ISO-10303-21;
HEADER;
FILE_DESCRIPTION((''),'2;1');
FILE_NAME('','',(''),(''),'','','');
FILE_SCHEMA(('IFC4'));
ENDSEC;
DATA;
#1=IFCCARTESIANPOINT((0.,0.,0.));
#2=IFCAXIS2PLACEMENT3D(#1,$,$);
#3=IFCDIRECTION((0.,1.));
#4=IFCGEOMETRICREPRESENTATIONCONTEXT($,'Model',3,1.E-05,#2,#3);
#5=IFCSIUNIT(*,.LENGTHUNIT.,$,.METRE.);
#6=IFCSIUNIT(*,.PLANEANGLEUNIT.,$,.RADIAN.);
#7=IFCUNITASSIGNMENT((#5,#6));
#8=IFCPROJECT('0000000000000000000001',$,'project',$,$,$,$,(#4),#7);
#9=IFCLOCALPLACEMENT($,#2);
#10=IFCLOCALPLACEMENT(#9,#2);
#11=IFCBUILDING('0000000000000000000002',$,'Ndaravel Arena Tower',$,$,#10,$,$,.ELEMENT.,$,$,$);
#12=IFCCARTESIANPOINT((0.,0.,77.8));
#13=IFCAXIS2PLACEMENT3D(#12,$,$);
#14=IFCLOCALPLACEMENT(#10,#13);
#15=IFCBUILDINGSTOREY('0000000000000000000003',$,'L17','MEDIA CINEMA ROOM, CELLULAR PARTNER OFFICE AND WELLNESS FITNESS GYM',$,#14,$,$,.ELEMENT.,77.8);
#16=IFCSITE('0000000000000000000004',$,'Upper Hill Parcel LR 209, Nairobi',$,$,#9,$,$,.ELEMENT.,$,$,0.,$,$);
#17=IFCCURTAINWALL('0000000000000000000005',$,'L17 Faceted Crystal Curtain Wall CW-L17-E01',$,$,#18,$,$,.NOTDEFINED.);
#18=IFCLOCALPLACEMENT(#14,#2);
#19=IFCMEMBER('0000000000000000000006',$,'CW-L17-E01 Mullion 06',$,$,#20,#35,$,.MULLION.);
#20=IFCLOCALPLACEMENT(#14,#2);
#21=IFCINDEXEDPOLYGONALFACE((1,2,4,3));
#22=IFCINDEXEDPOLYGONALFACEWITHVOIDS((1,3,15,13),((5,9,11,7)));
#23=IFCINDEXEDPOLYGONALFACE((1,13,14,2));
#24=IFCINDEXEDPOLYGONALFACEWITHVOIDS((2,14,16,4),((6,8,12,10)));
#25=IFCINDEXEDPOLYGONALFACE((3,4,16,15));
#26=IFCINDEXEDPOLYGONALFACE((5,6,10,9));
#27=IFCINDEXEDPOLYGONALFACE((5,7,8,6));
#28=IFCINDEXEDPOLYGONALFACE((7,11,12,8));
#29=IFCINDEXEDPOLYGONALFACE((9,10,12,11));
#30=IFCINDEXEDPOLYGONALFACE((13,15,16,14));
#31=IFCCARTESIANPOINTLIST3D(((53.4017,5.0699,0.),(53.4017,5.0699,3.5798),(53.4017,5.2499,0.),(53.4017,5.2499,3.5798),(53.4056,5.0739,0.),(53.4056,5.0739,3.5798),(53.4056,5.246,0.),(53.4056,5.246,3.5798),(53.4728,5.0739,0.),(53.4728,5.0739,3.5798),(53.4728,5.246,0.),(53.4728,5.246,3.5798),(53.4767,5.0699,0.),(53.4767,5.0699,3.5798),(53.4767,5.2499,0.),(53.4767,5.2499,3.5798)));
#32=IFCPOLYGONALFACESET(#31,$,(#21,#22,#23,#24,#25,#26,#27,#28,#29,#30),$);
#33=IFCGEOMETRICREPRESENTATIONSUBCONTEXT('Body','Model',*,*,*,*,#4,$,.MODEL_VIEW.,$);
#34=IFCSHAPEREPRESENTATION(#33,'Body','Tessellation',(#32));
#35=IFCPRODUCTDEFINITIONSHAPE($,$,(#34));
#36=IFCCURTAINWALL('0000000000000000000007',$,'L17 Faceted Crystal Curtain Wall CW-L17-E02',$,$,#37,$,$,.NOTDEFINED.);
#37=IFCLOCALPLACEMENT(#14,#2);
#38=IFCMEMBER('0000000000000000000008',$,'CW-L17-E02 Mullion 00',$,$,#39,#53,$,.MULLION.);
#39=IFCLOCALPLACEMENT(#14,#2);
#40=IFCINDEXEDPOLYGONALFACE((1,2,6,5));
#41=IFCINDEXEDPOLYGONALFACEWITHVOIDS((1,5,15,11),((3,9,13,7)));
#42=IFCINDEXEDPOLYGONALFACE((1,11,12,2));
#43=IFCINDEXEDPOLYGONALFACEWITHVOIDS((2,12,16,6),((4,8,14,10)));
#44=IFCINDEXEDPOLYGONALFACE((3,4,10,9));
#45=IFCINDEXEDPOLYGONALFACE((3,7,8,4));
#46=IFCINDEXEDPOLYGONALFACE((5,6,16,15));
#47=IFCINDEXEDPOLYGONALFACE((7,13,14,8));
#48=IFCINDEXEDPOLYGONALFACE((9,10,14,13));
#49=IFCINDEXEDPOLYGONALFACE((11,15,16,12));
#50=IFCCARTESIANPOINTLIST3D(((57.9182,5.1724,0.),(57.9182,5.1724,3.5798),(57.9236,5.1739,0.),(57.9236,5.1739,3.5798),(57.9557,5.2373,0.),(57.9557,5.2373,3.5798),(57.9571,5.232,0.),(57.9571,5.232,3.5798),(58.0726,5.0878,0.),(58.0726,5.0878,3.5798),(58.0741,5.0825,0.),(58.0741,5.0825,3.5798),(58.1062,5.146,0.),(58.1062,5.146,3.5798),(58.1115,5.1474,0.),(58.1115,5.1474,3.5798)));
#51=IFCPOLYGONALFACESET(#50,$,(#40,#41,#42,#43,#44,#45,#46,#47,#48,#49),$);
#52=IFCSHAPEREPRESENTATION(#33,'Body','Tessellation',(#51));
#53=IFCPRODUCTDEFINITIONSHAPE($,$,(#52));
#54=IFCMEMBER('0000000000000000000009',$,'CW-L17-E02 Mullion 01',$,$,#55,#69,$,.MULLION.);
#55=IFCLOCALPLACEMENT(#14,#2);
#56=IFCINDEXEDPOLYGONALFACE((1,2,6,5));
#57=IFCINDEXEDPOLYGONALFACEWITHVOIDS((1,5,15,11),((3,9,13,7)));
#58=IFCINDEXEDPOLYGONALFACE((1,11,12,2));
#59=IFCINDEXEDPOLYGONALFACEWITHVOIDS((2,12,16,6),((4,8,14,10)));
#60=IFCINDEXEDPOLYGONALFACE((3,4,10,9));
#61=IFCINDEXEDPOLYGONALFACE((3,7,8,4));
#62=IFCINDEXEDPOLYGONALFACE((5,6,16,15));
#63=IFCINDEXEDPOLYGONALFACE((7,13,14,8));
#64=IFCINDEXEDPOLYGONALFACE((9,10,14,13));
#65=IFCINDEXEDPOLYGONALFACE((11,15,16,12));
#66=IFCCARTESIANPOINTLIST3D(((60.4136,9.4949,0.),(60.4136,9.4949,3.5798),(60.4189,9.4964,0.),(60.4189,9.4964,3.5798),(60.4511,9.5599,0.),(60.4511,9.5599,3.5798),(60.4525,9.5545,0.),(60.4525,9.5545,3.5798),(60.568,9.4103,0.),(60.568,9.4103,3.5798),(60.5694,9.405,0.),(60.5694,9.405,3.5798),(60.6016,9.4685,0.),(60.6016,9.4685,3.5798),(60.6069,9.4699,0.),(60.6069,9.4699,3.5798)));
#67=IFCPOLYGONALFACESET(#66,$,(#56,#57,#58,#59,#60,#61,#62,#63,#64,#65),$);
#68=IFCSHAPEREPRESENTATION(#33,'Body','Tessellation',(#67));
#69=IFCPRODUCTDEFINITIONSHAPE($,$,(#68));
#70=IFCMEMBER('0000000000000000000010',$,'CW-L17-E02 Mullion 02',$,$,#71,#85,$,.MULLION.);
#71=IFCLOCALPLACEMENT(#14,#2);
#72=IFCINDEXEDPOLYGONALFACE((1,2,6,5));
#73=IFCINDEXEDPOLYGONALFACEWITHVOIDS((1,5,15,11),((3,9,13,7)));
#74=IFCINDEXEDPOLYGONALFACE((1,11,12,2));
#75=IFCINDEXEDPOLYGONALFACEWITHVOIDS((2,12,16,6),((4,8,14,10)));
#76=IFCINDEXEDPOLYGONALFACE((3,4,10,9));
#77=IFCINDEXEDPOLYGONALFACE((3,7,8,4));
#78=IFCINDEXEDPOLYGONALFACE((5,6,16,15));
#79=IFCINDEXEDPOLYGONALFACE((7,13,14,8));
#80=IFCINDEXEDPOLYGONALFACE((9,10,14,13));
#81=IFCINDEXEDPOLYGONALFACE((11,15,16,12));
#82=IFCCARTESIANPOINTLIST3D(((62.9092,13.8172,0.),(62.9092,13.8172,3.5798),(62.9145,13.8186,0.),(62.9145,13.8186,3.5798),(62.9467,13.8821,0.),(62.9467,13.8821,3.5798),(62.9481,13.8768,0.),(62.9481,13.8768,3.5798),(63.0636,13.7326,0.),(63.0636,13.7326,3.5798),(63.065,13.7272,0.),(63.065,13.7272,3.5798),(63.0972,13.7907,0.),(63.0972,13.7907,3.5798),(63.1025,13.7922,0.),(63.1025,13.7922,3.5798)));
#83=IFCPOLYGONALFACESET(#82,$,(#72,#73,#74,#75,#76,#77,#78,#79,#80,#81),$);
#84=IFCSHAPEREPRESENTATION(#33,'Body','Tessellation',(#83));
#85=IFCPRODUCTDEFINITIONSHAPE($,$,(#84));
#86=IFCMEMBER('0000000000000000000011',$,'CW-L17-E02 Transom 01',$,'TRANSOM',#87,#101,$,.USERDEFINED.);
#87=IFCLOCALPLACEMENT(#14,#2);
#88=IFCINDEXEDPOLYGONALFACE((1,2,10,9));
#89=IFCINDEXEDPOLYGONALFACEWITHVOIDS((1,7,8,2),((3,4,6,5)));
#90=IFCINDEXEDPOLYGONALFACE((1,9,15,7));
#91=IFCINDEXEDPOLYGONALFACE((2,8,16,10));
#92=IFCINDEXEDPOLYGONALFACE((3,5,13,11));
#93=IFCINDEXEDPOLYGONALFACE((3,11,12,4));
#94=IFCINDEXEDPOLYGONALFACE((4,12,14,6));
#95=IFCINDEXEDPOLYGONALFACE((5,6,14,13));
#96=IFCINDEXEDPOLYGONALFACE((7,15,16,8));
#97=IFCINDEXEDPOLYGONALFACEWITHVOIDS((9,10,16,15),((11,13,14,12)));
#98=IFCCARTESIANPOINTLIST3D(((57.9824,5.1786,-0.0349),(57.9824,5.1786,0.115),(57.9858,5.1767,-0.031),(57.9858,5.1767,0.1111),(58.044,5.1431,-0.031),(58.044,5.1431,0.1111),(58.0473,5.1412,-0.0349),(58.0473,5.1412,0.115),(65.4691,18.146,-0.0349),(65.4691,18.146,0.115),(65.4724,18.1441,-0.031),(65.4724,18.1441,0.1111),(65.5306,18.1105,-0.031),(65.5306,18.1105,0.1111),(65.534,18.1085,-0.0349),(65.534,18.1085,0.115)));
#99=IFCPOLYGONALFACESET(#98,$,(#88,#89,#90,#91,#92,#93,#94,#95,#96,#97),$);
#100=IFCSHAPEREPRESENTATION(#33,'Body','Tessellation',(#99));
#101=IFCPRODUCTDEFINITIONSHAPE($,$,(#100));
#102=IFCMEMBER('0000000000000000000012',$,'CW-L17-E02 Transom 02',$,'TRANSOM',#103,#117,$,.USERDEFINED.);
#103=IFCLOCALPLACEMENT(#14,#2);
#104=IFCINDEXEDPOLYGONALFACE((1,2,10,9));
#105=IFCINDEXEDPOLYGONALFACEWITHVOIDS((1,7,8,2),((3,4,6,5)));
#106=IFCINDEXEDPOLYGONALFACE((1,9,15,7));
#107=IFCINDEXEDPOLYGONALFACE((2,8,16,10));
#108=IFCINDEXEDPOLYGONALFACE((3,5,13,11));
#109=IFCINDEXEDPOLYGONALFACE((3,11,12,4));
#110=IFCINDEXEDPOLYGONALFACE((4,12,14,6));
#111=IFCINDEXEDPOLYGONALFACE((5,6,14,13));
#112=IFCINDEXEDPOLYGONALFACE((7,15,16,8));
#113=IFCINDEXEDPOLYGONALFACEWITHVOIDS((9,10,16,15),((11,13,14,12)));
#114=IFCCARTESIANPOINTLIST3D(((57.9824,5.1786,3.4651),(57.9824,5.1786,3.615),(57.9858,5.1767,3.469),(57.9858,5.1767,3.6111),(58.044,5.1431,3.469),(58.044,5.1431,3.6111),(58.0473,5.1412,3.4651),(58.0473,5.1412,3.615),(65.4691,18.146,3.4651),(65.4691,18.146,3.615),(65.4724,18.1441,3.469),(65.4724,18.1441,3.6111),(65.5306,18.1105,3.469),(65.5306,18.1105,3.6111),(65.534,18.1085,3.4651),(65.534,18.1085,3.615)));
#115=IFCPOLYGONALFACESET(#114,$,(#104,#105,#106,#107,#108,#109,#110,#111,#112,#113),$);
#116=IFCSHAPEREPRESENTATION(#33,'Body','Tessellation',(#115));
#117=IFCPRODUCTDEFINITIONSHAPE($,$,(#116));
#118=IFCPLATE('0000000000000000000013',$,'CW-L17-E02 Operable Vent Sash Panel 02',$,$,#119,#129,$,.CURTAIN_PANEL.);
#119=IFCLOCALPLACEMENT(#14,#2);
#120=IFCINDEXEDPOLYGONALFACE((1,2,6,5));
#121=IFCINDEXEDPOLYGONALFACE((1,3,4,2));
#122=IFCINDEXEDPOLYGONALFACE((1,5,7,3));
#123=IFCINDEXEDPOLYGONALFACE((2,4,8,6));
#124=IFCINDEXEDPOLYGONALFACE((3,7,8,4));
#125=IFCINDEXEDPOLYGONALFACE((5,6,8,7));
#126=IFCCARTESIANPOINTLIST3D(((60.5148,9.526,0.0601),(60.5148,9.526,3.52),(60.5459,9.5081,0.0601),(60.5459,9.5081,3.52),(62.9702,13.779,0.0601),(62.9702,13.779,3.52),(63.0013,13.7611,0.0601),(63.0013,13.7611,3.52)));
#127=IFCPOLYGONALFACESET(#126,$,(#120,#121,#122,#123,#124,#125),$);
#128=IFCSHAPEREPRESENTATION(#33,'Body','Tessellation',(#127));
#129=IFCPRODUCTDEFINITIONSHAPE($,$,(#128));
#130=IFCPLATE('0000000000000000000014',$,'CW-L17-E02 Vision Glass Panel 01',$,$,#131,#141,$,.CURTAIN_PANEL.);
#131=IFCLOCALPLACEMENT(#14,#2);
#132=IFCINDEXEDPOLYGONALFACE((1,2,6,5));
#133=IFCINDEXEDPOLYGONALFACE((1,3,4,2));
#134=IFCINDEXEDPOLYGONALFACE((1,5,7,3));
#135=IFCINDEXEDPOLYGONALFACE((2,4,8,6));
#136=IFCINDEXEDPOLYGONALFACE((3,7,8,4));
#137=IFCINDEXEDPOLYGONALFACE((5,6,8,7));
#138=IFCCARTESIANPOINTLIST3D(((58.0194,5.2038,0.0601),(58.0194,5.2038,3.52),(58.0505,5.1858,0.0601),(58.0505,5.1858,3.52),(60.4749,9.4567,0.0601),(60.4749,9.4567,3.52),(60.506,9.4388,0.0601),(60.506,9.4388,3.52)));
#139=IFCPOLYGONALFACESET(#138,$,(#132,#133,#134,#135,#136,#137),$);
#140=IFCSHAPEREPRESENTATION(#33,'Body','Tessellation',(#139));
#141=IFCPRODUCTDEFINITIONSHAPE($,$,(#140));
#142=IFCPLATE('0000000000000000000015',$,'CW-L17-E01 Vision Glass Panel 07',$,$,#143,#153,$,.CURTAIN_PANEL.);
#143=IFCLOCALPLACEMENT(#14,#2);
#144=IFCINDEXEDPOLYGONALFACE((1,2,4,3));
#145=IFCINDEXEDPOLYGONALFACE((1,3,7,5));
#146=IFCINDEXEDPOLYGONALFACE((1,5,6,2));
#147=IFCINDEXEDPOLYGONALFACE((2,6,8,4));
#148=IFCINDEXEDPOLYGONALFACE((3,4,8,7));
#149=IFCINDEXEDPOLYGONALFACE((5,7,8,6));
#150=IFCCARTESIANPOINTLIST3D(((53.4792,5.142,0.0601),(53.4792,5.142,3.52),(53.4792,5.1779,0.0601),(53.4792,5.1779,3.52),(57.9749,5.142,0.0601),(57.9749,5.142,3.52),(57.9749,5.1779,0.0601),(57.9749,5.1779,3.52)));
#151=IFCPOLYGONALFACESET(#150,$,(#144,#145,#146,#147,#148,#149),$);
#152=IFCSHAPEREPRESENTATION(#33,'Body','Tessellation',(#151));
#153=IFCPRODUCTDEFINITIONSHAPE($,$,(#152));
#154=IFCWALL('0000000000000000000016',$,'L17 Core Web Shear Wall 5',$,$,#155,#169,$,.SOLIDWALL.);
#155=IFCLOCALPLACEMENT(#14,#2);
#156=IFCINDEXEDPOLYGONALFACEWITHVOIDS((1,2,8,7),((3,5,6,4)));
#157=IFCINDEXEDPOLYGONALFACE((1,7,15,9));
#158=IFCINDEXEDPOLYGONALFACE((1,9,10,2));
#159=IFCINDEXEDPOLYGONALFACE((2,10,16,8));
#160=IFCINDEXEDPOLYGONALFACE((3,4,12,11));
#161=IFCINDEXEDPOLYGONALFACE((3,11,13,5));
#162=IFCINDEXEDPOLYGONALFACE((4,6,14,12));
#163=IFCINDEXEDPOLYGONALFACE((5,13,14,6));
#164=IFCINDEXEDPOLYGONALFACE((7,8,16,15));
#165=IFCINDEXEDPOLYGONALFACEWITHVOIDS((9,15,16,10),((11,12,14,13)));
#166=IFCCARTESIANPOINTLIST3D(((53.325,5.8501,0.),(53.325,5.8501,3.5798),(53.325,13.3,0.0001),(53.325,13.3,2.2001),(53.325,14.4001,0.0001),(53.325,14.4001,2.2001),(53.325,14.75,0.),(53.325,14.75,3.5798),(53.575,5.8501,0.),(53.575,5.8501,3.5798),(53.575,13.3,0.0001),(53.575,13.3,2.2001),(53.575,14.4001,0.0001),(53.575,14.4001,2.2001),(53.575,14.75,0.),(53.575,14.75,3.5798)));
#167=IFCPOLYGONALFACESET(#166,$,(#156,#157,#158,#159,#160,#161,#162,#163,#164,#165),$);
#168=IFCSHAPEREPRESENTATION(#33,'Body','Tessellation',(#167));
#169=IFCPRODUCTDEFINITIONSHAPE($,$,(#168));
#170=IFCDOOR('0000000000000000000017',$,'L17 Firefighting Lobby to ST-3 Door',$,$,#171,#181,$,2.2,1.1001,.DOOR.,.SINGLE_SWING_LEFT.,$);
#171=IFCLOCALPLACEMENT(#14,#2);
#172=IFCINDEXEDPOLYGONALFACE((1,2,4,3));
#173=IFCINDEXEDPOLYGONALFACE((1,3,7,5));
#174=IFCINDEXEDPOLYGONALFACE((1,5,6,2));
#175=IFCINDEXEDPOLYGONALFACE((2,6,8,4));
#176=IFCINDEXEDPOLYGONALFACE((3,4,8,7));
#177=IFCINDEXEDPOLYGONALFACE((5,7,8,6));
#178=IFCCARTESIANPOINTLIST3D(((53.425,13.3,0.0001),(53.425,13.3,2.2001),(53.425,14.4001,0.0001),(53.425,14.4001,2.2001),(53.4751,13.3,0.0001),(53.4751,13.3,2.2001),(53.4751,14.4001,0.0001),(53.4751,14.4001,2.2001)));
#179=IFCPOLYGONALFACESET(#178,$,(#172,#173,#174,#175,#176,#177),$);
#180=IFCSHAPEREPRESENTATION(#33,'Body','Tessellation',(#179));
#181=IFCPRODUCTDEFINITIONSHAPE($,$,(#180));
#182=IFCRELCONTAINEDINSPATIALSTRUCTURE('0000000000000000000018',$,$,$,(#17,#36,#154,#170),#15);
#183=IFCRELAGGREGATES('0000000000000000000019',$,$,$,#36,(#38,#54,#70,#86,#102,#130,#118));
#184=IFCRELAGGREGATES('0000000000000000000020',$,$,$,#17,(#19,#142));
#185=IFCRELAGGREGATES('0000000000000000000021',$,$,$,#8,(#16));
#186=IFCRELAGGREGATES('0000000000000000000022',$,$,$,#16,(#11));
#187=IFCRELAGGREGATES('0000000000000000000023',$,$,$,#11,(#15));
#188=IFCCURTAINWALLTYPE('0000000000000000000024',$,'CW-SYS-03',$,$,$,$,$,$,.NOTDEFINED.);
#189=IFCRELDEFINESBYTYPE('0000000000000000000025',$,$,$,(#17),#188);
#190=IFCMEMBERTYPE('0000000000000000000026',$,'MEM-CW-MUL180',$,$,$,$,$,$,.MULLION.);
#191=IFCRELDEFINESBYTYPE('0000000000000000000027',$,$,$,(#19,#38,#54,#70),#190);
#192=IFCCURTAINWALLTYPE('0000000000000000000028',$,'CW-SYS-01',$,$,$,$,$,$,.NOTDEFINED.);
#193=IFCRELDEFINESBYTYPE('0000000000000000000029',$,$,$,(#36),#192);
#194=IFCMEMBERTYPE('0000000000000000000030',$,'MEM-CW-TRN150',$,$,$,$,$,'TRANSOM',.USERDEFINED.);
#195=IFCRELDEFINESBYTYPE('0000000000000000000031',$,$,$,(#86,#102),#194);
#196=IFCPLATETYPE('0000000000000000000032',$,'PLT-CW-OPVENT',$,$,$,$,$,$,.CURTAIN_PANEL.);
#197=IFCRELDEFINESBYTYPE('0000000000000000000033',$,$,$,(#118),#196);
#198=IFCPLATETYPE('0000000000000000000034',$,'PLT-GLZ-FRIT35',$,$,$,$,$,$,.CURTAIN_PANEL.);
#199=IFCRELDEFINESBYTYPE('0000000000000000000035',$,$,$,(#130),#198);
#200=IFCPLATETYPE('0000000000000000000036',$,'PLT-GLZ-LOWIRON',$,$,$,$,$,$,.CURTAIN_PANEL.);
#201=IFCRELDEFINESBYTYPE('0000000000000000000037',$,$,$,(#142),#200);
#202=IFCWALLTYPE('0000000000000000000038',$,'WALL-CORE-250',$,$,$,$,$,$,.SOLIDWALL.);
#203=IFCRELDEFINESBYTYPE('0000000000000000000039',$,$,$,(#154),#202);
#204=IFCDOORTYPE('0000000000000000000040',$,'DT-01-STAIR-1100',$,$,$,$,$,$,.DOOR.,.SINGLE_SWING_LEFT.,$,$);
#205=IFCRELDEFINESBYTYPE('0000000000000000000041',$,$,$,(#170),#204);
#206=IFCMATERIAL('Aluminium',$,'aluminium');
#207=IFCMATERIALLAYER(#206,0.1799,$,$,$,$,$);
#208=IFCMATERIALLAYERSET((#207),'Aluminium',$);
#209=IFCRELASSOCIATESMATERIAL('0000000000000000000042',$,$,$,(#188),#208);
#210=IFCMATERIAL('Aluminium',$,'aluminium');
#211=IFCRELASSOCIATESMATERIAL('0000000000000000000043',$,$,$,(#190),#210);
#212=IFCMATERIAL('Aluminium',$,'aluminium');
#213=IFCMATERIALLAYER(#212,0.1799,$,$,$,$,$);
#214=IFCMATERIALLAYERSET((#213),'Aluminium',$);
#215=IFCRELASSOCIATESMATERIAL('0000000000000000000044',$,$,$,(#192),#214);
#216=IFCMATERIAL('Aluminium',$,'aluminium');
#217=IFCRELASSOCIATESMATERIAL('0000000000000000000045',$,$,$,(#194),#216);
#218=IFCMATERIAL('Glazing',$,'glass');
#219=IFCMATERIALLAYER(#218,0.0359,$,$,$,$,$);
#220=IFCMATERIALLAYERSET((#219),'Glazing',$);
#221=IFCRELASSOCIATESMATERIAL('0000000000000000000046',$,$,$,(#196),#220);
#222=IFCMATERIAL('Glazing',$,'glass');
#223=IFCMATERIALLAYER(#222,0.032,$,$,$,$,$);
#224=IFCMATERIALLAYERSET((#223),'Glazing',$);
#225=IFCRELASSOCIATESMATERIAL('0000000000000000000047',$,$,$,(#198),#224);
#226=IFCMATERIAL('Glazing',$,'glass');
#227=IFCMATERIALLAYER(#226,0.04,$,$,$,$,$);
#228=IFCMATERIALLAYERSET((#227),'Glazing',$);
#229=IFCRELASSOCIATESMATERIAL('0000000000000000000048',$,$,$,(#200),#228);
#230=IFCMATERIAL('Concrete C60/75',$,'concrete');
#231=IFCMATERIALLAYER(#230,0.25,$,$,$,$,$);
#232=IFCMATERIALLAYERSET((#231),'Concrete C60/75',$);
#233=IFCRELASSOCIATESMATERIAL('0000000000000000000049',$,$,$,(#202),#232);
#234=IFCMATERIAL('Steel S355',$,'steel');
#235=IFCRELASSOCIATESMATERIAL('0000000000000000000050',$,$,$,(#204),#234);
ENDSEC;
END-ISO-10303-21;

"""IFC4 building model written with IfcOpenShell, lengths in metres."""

from ifc_helpers import new_model, si_unit, direction, frame, frame_2d, origin, origin_2d, place, context, subcontext, project, spatial, rectangle, hollow_rectangle, extrude, material, layer, layer_set, material_profile, profile_set, type_object, element, fill, aggregate, save


model = new_model("IFC4")

# Units and contexts
model_context = context("Model", 3, precision=1e-05, world=origin(), true_north=direction((0.0, 1.0)))
body_context = subcontext(model_context, "Body", "Model", "MODEL_VIEW")
ifc_project = project(units=[si_unit("LENGTHUNIT", "METRE"), si_unit("PLANEANGLEUNIT", "RADIAN")], contexts=[model_context])

# Site, building, storey
site_placement = place(None, origin())
site = spatial("IfcSite", under=ifc_project, at=site_placement, Name="Upper Hill Parcel LR 209, Nairobi", CompositionType="ELEMENT", RefElevation=0.0)
building_placement = place(site_placement, origin())
building = spatial("IfcBuilding", under=site, at=building_placement, Name="Ndaravel Arena Tower", CompositionType="ELEMENT")
storey_placement = place(building_placement, frame((0.0, 0.0, 77.8)))
storey = spatial("IfcBuildingStorey", under=building, at=storey_placement, Name="L17", Description="MEDIA CINEMA ROOM, CELLULAR PARTNER OFFICE AND WELLNESS FITNESS GYM", CompositionType="ELEMENT", Elevation=77.8)

# Curtain wall, member
ifc_material_1 = material(Name="Aluminium", Category="aluminium")
ifc_layer_1 = layer(ifc_material_1, 0.1799)
ifc_layer_set_1 = layer_set([ifc_layer_1], Name="Aluminium")
curtain_wall_type_1 = type_object("IfcCurtainWallType", Name="CW-SYS-03", PredefinedType="NOTDEFINED", material=ifc_layer_set_1)
curtain_wall_1_placement = place(storey_placement, origin())
curtain_wall_1 = element("IfcCurtainWall", 1, at=curtain_wall_1_placement, inside=storey, type_object=curtain_wall_type_1, Name="L17 Faceted Crystal Curtain Wall CW-L17-E01", PredefinedType="NOTDEFINED")
ifc_material_2 = material(Name="Aluminium", Category="aluminium")
ifc_material_profile_1 = material_profile(ifc_material_2, hollow_rectangle(XDim=0.075, YDim=0.1799, WallThickness=0.0039, at=origin_2d()), Name="CW MULLION 75x180x4")
ifc_profile_set_1 = profile_set([ifc_material_profile_1], Name="Aluminium")
member_type_1 = type_object("IfcMemberType", Name="MEM-CW-MUL180", PredefinedType="MULLION", material=ifc_profile_set_1)
member_1_placement = place(storey_placement, frame((53.4392, 5.1599, 0.0), z_axis=(0.0, 0.0, 1.0), x_axis=(1.0, 0.0, 0.0)))
member_1 = element("IfcMember", 2, at=member_1_placement, type_object=member_type_1, Name="CW-L17-E01 Mullion 06", PredefinedType="MULLION", context=body_context, shape_type="SweptSolid", body=[
    extrude(hollow_rectangle(XDim=0.075, YDim=0.1799, WallThickness=0.0039, at=origin_2d()), origin(), (0.0, 0.0, 1.0), 3.5798),
])

# Curtain wall, members, plates
ifc_material_3 = material(Name="Aluminium", Category="aluminium")
ifc_layer_2 = layer(ifc_material_3, 0.1799)
ifc_layer_set_2 = layer_set([ifc_layer_2], Name="Aluminium")
curtain_wall_type_2 = type_object("IfcCurtainWallType", Name="CW-SYS-01", PredefinedType="NOTDEFINED", material=ifc_layer_set_2)
curtain_wall_2_placement = place(storey_placement, origin())
curtain_wall_2 = element("IfcCurtainWall", 3, at=curtain_wall_2_placement, inside=storey, type_object=curtain_wall_type_2, Name="L17 Faceted Crystal Curtain Wall CW-L17-E02", PredefinedType="NOTDEFINED")
member_2_placement = place(storey_placement, frame((58.0149, 5.1599, 0.0), z_axis=(0.0, 0.0, 1.0), x_axis=(0.5, 0.866025, 0.0)))
member_2 = element("IfcMember", 4, at=member_2_placement, type_object=member_type_1, Name="CW-L17-E02 Mullion 00", PredefinedType="MULLION", context=body_context, shape_type="SweptSolid", body=[
    extrude(hollow_rectangle(XDim=0.075, YDim=0.1799, WallThickness=0.0039, at=origin_2d()), origin(), (0.0, 0.0, 1.0), 3.5798),
])
member_3_placement = place(storey_placement, frame((60.5103, 9.4824, 0.0), z_axis=(0.0, 0.0, 1.0), x_axis=(0.5, 0.866025, 0.0)))
member_3 = element("IfcMember", 5, at=member_3_placement, type_object=member_type_1, Name="CW-L17-E02 Mullion 01", PredefinedType="MULLION", context=body_context, shape_type="SweptSolid", body=[
    extrude(hollow_rectangle(XDim=0.075, YDim=0.1799, WallThickness=0.0039, at=origin_2d()), origin(), (0.0, 0.0, 1.0), 3.5798),
])
member_4_placement = place(storey_placement, frame((63.0059, 13.8047, 0.0), z_axis=(0.0, 0.0, 1.0), x_axis=(0.5, 0.866025, 0.0)))
member_4 = element("IfcMember", 6, at=member_4_placement, type_object=member_type_1, Name="CW-L17-E02 Mullion 02", PredefinedType="MULLION", context=body_context, shape_type="SweptSolid", body=[
    extrude(hollow_rectangle(XDim=0.075, YDim=0.1799, WallThickness=0.0039, at=origin_2d()), origin(), (0.0, 0.0, 1.0), 3.5798),
])
ifc_material_4 = material(Name="Aluminium", Category="aluminium")
ifc_material_profile_2 = material_profile(ifc_material_4, hollow_rectangle(XDim=0.075, YDim=0.1499, WallThickness=0.0039, at=origin_2d()), Name="CW TRANSOM 75x150x4")
ifc_profile_set_2 = profile_set([ifc_material_profile_2], Name="Aluminium")
member_type_2 = type_object("IfcMemberType", Name="MEM-CW-TRN150", ElementType="TRANSOM", PredefinedType="USERDEFINED", material=ifc_profile_set_2)
member_5_placement = place(storey_placement, frame((58.0149, 5.1599, 0.04), z_axis=(0.499995, 0.866028, 0.0), x_axis=(-0.866028, 0.499995, 0.0)))
member_5 = element("IfcMember", 7, at=member_5_placement, type_object=member_type_2, Name="CW-L17-E02 Transom 01", ObjectType="TRANSOM", PredefinedType="USERDEFINED", context=body_context, shape_type="SweptSolid", body=[
    extrude(hollow_rectangle(XDim=0.075, YDim=0.1499, WallThickness=0.0039, at=origin_2d()), origin(), (0.0, 0.0, 1.0), 14.9734),
])
member_6_placement = place(storey_placement, frame((58.0149, 5.1599, 3.54), z_axis=(0.499995, 0.866028, 0.0), x_axis=(-0.866028, 0.499995, 0.0)))
member_6 = element("IfcMember", 8, at=member_6_placement, type_object=member_type_2, Name="CW-L17-E02 Transom 02", ObjectType="TRANSOM", PredefinedType="USERDEFINED", context=body_context, shape_type="SweptSolid", body=[
    extrude(hollow_rectangle(XDim=0.075, YDim=0.1499, WallThickness=0.0039, at=origin_2d()), origin(), (0.0, 0.0, 1.0), 14.9734),
])
ifc_material_5 = material(Name="Glazing", Category="glass")
ifc_layer_3 = layer(ifc_material_5, 0.0359)
ifc_layer_set_3 = layer_set([ifc_layer_3], Name="Glazing")
plate_type_1 = type_object("IfcPlateType", Name="PLT-CW-OPVENT", PredefinedType="CURTAIN_PANEL", material=ifc_layer_set_3)
plate_1_placement = place(storey_placement, frame((61.7581, 11.6436, 0.0601), z_axis=(0.0, 0.0, 1.0), x_axis=(0.5, 0.866025, 0.0)))
plate_1 = element("IfcPlate", 9, at=plate_1_placement, type_object=plate_type_1, Name="CW-L17-E02 Operable Vent Sash Panel 02", PredefinedType="CURTAIN_PANEL", context=body_context, shape_type="SweptSolid", body=[
    extrude(rectangle(XDim=4.9109, YDim=0.0359, at=origin_2d()), origin(), (0.0, 0.0, 1.0), 3.46),
])
ifc_material_6 = material(Name="Glazing", Category="glass")
ifc_layer_4 = layer(ifc_material_6, 0.032)
ifc_layer_set_4 = layer_set([ifc_layer_4], Name="Glazing")
plate_type_2 = type_object("IfcPlateType", Name="PLT-GLZ-FRIT35", PredefinedType="CURTAIN_PANEL", material=ifc_layer_set_4)
plate_2_placement = place(storey_placement, frame((59.2627, 7.3213, 0.0601), z_axis=(0.0, 0.0, 1.0), x_axis=(0.5, 0.866025, 0.0)))
plate_2 = element("IfcPlate", 10, at=plate_2_placement, type_object=plate_type_2, Name="CW-L17-E02 Vision Glass Panel 01", PredefinedType="CURTAIN_PANEL", context=body_context, shape_type="SweptSolid", body=[
    extrude(rectangle(XDim=4.9109, YDim=0.0359, at=origin_2d()), origin(), (0.0, 0.0, 1.0), 3.46),
])
aggregate(curtain_wall_2, [member_2, member_3, member_4, member_5, member_6, plate_2, plate_1])

# Plate
ifc_material_7 = material(Name="Glazing", Category="glass")
ifc_layer_5 = layer(ifc_material_7, 0.04)
ifc_layer_set_5 = layer_set([ifc_layer_5], Name="Glazing")
plate_type_3 = type_object("IfcPlateType", Name="PLT-GLZ-LOWIRON", PredefinedType="CURTAIN_PANEL", material=ifc_layer_set_5)
plate_3_placement = place(storey_placement, frame((55.7271, 5.1599, 0.0601), z_axis=(0.0, 0.0, 1.0), x_axis=(1.0, 0.0, 0.0)))
plate_3 = element("IfcPlate", 11, at=plate_3_placement, type_object=plate_type_3, Name="CW-L17-E01 Vision Glass Panel 07", PredefinedType="CURTAIN_PANEL", context=body_context, shape_type="SweptSolid", body=[
    extrude(rectangle(XDim=4.4956, YDim=0.0359, at=origin_2d()), origin(), (0.0, 0.0, 1.0), 3.46),
])
aggregate(curtain_wall_1, [member_1, plate_3])

# Wall, opening, door
ifc_material_8 = material(Name="Concrete C60/75", Category="concrete")
ifc_layer_6 = layer(ifc_material_8, 0.25)
ifc_layer_set_6 = layer_set([ifc_layer_6], Name="Concrete C60/75")
wall_type_1 = type_object("IfcWallType", Name="WALL-CORE-250", PredefinedType="SOLIDWALL", material=ifc_layer_set_6)
wall_1_placement = place(storey_placement, frame((53.45, 5.8501, 0.0), z_axis=(0.0, 0.0, 1.0), x_axis=(0.0, 1.0, 0.0)))
wall_1 = element("IfcWall", 12, at=wall_1_placement, inside=storey, type_object=wall_type_1, Name="L17 Core Web Shear Wall 5", PredefinedType="SOLIDWALL", context=body_context, shape_type="SweptSolid", body=[
    extrude(rectangle(XDim=8.8999, YDim=0.25, at=frame_2d((4.45, 0.0))), origin(), (0.0, 0.0, 1.0), 3.5798),
])
opening_1_placement = place(wall_1_placement, frame((7.45, 0.0, 0.0)))
opening_1 = element("IfcOpeningElement", 13, at=opening_1_placement, cuts=wall_1, PredefinedType="OPENING", context=body_context, shape_type="SweptSolid", body=[
    extrude(rectangle(XDim=1.1001, YDim=2.2, at=frame_2d((0.55, 1.1001))), frame((0.0, 0.125, 0.0), z_axis=(0.0, -1.0, 0.0), x_axis=(1.0, 0.0, 0.0)), (0.0, 0.0, 1.0), 0.25),
])
ifc_material_9 = material(Name="Steel S355", Category="steel")
door_type_1 = type_object("IfcDoorType", Name="DT-01-STAIR-1100", OperationType="SINGLE_SWING_LEFT", PredefinedType="DOOR", material=ifc_material_9)
door_1_placement = place(opening_1_placement, origin())
door_1 = element("IfcDoor", 14, at=door_1_placement, inside=storey, type_object=door_type_1, Name="L17 Firefighting Lobby to ST-3 Door", OperationType="SINGLE_SWING_LEFT", OverallHeight=2.2, OverallWidth=1.1001, PredefinedType="DOOR", context=body_context, shape_type="SweptSolid", body=[
    extrude(rectangle(XDim=1.1001, YDim=2.2, at=frame_2d((0.55, 1.1001))), frame((0.0, 0.0249, 0.0), z_axis=(0.0, -1.0, 0.0), x_axis=(1.0, 0.0, 0.0)), (0.0, 0.0, 1.0), 0.05),
])
fill(opening_1, door_1)

save(model, "model.ifc")
